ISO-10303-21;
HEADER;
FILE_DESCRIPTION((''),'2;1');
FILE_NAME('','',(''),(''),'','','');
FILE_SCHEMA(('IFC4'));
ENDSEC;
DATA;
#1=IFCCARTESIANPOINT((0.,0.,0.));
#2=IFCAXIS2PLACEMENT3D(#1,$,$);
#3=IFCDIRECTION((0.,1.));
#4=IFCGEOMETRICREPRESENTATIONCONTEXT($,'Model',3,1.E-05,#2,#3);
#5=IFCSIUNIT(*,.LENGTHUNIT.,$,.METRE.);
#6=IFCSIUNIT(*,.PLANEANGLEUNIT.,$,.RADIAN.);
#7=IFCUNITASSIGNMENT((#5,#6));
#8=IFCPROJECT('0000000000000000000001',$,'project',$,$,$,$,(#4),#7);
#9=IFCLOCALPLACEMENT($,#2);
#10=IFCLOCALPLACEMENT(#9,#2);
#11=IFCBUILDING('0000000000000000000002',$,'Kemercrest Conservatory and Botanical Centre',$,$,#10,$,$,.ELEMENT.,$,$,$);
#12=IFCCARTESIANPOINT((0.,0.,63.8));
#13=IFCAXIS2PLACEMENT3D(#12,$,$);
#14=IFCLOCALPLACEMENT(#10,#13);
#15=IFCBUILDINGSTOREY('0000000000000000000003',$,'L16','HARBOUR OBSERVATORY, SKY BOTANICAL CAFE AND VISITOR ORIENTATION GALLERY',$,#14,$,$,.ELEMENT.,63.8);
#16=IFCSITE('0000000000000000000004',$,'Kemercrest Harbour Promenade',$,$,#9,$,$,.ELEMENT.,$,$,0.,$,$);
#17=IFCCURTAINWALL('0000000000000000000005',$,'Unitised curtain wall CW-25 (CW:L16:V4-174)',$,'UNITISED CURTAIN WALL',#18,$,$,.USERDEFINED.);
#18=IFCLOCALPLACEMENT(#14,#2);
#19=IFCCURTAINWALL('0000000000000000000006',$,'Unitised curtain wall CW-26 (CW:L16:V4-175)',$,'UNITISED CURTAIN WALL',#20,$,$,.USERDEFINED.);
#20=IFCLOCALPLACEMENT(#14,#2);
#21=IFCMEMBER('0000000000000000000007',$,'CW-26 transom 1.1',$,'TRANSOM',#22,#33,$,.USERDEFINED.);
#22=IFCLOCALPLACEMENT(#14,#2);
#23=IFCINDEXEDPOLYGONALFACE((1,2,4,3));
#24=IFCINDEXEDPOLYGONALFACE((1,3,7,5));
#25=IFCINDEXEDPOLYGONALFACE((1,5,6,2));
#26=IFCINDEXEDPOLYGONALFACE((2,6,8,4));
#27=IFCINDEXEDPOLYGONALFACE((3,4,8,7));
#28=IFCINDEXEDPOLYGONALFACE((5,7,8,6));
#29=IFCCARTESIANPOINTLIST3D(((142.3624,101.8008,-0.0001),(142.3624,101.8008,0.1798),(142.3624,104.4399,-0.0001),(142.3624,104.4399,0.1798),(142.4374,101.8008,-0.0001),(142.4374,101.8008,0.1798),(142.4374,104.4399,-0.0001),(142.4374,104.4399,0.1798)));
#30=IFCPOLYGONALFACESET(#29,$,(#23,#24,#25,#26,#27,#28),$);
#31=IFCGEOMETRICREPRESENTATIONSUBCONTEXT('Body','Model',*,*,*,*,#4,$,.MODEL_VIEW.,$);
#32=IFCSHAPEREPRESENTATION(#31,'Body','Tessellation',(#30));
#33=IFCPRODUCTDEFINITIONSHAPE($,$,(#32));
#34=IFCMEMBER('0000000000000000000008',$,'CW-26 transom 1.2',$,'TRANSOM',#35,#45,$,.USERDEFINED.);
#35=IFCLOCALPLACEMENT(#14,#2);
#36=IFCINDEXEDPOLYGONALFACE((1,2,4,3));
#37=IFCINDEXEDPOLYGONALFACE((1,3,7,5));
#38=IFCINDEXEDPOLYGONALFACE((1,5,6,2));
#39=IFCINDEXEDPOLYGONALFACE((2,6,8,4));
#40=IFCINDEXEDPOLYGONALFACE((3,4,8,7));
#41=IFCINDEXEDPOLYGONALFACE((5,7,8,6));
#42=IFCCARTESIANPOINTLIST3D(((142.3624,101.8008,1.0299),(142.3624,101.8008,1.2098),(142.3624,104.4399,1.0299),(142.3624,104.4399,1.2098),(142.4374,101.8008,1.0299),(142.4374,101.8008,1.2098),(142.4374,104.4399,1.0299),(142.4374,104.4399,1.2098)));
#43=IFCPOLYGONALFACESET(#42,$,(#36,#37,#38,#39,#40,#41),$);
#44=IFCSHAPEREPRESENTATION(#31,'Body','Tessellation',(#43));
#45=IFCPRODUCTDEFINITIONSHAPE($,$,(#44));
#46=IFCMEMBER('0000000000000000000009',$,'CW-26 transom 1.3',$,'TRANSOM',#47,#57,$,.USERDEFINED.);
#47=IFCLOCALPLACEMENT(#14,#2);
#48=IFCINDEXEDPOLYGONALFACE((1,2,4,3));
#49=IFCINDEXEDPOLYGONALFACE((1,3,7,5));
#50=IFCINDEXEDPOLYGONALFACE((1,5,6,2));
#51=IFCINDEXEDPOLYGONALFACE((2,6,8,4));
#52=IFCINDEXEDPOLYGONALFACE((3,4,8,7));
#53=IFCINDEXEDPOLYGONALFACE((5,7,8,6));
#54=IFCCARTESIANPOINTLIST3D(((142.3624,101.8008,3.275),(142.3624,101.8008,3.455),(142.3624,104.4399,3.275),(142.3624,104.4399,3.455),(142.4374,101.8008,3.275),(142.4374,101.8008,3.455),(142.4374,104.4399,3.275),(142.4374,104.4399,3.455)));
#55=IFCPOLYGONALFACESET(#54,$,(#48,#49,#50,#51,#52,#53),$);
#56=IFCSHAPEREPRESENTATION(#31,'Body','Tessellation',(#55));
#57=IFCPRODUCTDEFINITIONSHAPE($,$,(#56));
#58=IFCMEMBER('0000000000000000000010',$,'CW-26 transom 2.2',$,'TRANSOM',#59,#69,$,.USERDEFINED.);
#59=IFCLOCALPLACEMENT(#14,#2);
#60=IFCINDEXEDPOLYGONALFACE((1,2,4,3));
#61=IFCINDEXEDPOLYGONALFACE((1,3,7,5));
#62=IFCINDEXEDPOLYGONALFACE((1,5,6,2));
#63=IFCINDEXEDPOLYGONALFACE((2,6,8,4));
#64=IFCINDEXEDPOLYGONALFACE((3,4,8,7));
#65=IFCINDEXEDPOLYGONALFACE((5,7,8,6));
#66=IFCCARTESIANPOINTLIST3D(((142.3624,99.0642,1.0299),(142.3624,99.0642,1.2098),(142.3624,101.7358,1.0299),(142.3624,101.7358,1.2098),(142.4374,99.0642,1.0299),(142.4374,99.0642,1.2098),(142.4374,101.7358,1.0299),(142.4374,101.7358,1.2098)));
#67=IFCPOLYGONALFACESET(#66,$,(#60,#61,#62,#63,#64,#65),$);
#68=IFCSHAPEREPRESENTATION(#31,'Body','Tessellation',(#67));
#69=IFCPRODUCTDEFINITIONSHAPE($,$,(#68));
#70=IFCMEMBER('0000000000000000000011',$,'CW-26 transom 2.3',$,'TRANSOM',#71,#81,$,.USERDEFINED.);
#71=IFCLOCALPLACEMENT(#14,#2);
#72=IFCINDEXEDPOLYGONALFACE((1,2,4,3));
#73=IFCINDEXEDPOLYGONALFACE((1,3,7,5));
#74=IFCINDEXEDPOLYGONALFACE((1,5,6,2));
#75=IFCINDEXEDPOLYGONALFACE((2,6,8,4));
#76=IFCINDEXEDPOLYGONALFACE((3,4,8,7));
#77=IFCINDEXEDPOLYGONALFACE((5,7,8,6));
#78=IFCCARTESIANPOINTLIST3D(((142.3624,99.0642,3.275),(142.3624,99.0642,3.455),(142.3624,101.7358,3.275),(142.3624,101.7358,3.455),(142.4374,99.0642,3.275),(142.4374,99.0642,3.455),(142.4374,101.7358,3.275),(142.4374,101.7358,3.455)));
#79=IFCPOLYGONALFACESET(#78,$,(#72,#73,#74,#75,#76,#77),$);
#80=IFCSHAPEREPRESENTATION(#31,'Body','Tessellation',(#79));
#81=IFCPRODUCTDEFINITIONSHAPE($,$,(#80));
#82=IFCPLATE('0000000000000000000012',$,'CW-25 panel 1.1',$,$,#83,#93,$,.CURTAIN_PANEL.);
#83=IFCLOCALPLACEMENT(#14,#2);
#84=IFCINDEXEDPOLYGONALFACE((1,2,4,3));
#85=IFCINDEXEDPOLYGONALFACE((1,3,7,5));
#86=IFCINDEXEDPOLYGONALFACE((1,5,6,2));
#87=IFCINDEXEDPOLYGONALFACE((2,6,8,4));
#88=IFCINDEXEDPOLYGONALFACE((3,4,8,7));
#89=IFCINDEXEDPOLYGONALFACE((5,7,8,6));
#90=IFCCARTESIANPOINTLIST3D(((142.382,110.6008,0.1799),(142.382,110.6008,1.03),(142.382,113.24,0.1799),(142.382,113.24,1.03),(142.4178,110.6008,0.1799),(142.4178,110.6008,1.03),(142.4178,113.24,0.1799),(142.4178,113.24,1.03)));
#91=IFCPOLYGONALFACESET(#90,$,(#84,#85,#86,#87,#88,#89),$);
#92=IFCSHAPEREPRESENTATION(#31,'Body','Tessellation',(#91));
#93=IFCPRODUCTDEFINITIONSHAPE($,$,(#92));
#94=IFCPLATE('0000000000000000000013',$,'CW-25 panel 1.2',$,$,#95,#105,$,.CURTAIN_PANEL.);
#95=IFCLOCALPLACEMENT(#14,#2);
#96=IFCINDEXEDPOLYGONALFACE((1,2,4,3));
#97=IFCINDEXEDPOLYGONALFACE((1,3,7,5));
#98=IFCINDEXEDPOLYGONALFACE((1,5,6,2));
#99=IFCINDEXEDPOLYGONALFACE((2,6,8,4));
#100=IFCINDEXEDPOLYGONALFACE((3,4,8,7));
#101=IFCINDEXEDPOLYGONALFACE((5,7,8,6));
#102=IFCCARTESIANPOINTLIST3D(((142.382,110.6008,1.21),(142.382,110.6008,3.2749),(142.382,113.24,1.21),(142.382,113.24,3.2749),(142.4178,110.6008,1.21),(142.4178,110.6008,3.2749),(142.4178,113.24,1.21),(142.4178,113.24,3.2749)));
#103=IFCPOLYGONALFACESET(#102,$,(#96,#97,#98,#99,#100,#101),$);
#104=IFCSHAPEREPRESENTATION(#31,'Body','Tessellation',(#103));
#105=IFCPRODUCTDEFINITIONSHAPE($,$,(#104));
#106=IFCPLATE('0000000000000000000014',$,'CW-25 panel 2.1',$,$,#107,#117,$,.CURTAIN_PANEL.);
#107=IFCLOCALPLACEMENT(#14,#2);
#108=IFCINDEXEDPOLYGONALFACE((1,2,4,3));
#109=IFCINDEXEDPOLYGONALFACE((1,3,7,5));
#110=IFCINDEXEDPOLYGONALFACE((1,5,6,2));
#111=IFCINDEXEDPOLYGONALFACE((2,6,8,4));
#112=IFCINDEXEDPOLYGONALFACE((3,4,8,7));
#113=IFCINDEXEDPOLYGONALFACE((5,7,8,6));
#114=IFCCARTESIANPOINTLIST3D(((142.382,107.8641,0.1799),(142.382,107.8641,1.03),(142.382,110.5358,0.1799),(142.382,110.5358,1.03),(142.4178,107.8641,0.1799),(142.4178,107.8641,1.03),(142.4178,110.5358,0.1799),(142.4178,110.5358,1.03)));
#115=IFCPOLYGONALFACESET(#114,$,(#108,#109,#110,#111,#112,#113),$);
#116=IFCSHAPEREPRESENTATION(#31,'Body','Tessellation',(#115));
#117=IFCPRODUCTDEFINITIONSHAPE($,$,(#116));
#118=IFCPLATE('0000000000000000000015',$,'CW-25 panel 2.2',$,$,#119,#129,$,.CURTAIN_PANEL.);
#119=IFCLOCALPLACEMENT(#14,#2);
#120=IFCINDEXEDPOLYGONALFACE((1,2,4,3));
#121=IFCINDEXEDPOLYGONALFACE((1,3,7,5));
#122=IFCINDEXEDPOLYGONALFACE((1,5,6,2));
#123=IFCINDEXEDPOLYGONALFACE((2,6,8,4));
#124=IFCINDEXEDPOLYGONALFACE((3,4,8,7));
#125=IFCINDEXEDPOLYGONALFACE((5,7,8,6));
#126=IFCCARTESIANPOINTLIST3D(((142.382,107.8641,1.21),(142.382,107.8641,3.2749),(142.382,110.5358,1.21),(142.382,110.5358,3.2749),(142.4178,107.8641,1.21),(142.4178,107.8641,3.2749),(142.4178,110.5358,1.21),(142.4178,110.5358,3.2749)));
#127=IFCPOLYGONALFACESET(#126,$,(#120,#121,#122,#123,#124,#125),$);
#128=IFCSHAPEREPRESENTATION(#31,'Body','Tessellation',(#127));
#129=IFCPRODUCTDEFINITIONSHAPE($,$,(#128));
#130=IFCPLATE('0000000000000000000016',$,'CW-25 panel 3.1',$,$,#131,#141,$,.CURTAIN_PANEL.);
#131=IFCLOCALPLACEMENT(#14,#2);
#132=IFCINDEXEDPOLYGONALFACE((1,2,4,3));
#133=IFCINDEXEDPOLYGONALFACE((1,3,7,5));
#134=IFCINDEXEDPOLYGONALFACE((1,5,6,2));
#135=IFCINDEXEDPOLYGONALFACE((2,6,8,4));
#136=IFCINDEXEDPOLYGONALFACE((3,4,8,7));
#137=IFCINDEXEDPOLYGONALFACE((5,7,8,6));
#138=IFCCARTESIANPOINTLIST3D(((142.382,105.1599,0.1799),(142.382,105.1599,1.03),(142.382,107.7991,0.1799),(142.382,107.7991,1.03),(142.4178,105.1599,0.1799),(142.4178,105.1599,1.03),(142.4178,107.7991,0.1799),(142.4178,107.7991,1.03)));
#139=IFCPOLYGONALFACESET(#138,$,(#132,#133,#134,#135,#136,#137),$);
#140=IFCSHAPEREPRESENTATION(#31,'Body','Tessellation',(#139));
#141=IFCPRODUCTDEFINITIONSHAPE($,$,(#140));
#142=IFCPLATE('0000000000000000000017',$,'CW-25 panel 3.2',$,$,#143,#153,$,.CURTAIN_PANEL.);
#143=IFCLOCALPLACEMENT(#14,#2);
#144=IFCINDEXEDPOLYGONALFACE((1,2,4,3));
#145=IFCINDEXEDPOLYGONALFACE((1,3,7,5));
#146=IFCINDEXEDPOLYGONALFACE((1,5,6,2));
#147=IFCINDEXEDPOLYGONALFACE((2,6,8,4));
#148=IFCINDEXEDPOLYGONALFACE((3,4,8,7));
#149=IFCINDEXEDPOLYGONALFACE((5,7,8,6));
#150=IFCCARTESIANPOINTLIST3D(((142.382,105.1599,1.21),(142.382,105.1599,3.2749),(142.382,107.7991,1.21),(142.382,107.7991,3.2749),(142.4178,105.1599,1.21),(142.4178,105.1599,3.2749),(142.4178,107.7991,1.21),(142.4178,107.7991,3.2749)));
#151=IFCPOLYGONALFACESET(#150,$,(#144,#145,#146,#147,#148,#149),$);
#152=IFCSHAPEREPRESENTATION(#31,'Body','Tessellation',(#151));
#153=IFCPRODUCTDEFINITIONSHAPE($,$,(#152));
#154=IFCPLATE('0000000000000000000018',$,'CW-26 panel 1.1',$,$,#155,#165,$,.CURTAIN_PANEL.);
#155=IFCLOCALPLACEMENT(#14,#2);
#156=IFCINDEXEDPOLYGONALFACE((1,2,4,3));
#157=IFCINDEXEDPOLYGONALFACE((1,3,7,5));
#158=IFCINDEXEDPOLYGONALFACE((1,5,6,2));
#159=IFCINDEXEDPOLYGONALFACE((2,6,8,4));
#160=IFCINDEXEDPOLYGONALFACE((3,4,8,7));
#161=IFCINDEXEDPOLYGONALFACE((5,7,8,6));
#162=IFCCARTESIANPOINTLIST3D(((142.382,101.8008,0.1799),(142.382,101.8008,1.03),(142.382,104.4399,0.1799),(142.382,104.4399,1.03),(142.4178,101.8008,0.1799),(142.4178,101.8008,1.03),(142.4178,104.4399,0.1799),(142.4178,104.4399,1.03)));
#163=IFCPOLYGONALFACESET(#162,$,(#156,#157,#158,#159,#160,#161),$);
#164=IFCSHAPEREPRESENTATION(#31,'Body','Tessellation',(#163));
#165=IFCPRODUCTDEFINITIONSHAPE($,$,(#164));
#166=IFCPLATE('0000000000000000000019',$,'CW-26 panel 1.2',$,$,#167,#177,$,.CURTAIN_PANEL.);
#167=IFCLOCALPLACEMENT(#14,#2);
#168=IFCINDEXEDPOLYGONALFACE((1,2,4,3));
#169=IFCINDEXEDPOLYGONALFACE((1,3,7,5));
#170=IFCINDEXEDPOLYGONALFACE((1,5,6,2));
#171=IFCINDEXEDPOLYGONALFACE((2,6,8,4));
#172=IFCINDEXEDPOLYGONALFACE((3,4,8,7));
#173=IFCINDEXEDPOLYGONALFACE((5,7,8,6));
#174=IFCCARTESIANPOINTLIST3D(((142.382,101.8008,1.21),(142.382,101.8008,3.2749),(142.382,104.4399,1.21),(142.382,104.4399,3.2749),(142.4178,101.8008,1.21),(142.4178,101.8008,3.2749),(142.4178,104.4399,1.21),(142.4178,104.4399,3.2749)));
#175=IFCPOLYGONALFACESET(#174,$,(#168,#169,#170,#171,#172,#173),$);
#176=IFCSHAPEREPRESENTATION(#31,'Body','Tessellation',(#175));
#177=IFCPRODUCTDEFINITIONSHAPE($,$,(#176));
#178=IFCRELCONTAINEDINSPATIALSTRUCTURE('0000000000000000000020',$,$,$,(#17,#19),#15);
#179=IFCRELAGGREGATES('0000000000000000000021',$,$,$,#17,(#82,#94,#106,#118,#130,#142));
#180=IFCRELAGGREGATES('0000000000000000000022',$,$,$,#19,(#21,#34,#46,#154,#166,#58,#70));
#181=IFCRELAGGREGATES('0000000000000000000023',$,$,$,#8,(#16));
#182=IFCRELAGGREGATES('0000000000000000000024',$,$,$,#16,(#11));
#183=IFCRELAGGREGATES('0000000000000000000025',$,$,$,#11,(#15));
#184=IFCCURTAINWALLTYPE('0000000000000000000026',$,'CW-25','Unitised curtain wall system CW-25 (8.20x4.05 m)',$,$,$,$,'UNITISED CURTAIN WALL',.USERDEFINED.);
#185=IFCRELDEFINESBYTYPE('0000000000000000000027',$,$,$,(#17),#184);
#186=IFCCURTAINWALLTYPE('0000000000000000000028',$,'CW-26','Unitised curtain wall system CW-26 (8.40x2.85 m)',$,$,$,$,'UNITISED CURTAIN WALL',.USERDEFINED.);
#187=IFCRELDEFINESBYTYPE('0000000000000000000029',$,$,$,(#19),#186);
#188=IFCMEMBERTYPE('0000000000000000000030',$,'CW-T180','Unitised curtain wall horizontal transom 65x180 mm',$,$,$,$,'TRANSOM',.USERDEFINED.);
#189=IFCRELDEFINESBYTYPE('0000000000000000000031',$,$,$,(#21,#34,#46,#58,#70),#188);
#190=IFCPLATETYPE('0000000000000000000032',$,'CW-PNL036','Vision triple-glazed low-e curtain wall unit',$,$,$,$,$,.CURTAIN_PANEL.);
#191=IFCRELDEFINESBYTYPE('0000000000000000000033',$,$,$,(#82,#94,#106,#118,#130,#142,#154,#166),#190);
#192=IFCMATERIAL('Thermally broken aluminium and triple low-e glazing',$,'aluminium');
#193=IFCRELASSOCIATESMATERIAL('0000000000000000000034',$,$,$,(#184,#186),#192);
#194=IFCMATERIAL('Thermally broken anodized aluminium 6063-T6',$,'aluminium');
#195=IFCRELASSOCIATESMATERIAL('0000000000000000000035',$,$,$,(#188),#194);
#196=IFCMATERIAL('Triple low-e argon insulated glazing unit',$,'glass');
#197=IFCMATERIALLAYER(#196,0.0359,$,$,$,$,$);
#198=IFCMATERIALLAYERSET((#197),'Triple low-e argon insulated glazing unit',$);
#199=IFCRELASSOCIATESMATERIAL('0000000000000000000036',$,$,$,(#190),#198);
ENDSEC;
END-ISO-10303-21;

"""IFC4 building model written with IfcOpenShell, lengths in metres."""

from ifc_helpers import new_model, si_unit, direction, frame, origin, origin_2d, place, context, subcontext, project, spatial, rectangle, extrude, material, layer, layer_set, material_profile, profile_set, type_object, element, aggregate, save


model = new_model("IFC4")

# Units and contexts
model_context = context("Model", 3, precision=1e-05, world=origin(), true_north=direction((0.0, 1.0)))
body_context = subcontext(model_context, "Body", "Model", "MODEL_VIEW")
ifc_project = project(units=[si_unit("LENGTHUNIT", "METRE"), si_unit("PLANEANGLEUNIT", "RADIAN")], contexts=[model_context])

# Site, building, storey
site_placement = place(None, origin())
site = spatial("IfcSite", under=ifc_project, at=site_placement, Name="Kemercrest Harbour Promenade", CompositionType="ELEMENT", RefElevation=0.0)
building_placement = place(site_placement, origin())
building = spatial("IfcBuilding", under=site, at=building_placement, Name="Kemercrest Conservatory and Botanical Centre", CompositionType="ELEMENT")
storey_placement = place(building_placement, frame((0.0, 0.0, 63.8)))
storey = spatial("IfcBuildingStorey", under=building, at=storey_placement, Name="L16", Description="HARBOUR OBSERVATORY, SKY BOTANICAL CAFE AND VISITOR ORIENTATION GALLERY", CompositionType="ELEMENT", Elevation=63.8)

# Curtain walls
ifc_material_1 = material(Name="Thermally broken aluminium and triple low-e glazing", Category="aluminium")
curtain_wall_type_1 = type_object("IfcCurtainWallType", Name="CW-25", Description="Unitised curtain wall system CW-25 (8.20x4.05 m)", ElementType="UNITISED CURTAIN WALL", PredefinedType="USERDEFINED", material=ifc_material_1)
curtain_wall_1_placement = place(storey_placement, origin())
curtain_wall_1 = element("IfcCurtainWall", 1, at=curtain_wall_1_placement, inside=storey, type_object=curtain_wall_type_1, Name="Unitised curtain wall CW-25 (CW:L16:V4-174)", ObjectType="UNITISED CURTAIN WALL", PredefinedType="USERDEFINED")
ifc_material_2 = material(Name="Thermally broken anodized aluminium 6063-T6", Category="aluminium")
curtain_wall_type_2 = type_object("IfcCurtainWallType", Name="CW-26", Description="Unitised curtain wall system CW-26 (8.40x2.85 m)", ElementType="UNITISED CURTAIN WALL", PredefinedType="USERDEFINED", material=ifc_material_1)
curtain_wall_2_placement = place(storey_placement, origin())
curtain_wall_2 = element("IfcCurtainWall", 2, at=curtain_wall_2_placement, inside=storey, type_object=curtain_wall_type_2, Name="Unitised curtain wall CW-26 (CW:L16:V4-175)", ObjectType="UNITISED CURTAIN WALL", PredefinedType="USERDEFINED")

# Members
ifc_material_profile_1 = material_profile(ifc_material_2, rectangle(XDim=0.075, YDim=0.1799, at=origin_2d()), Name="AL TRANSOM 75x180")
ifc_profile_set_1 = profile_set([ifc_material_profile_1], Name="Thermally broken anodized aluminium 6063-T6")
member_type_1 = type_object("IfcMemberType", Name="CW-T180", Description="Unitised curtain wall horizontal transom 65x180 mm", ElementType="TRANSOM", PredefinedType="USERDEFINED", material=ifc_profile_set_1)
member_1_placement = place(storey_placement, frame((142.3999, 104.4399, 0.0898), z_axis=(0.0, -1.0, 0.0), x_axis=(1.0, 0.0, 0.0)))
member_1 = element("IfcMember", 3, at=member_1_placement, type_object=member_type_1, Name="CW-26 transom 1.1", ObjectType="TRANSOM", PredefinedType="USERDEFINED", context=body_context, shape_type="SweptSolid", body=[
    extrude(rectangle(XDim=0.075, YDim=0.1799, at=origin_2d()), origin(), (0.0, 0.0, 1.0), 2.6392),
])
member_2_placement = place(storey_placement, frame((142.3999, 104.4399, 1.1199), z_axis=(0.0, -1.0, 0.0), x_axis=(1.0, 0.0, 0.0)))
member_2 = element("IfcMember", 4, at=member_2_placement, type_object=member_type_1, Name="CW-26 transom 1.2", ObjectType="TRANSOM", PredefinedType="USERDEFINED", context=body_context, shape_type="SweptSolid", body=[
    extrude(rectangle(XDim=0.075, YDim=0.1799, at=origin_2d()), origin(), (0.0, 0.0, 1.0), 2.6392),
])
member_3_placement = place(storey_placement, frame((142.3999, 104.4399, 3.365), z_axis=(0.0, -1.0, 0.0), x_axis=(1.0, 0.0, 0.0)))
member_3 = element("IfcMember", 5, at=member_3_placement, type_object=member_type_1, Name="CW-26 transom 1.3", ObjectType="TRANSOM", PredefinedType="USERDEFINED", context=body_context, shape_type="SweptSolid", body=[
    extrude(rectangle(XDim=0.075, YDim=0.1799, at=origin_2d()), origin(), (0.0, 0.0, 1.0), 2.6392),
])
member_4_placement = place(storey_placement, frame((142.3999, 101.7358, 1.1199), z_axis=(0.0, -1.0, 0.0), x_axis=(1.0, 0.0, 0.0)))
member_4 = element("IfcMember", 6, at=member_4_placement, type_object=member_type_1, Name="CW-26 transom 2.2", ObjectType="TRANSOM", PredefinedType="USERDEFINED", context=body_context, shape_type="SweptSolid", body=[
    extrude(rectangle(XDim=0.075, YDim=0.1799, at=origin_2d()), origin(), (0.0, 0.0, 1.0), 2.6716),
])
member_5_placement = place(storey_placement, frame((142.3999, 101.7358, 3.365), z_axis=(0.0, -1.0, 0.0), x_axis=(1.0, 0.0, 0.0)))
member_5 = element("IfcMember", 7, at=member_5_placement, type_object=member_type_1, Name="CW-26 transom 2.3", ObjectType="TRANSOM", PredefinedType="USERDEFINED", context=body_context, shape_type="SweptSolid", body=[
    extrude(rectangle(XDim=0.075, YDim=0.1799, at=origin_2d()), origin(), (0.0, 0.0, 1.0), 2.6716),
])

# Plates
ifc_material_3 = material(Name="Triple low-e argon insulated glazing unit", Category="glass")
ifc_layer_1 = layer(ifc_material_3, 0.0359)
ifc_layer_set_1 = layer_set([ifc_layer_1], Name="Triple low-e argon insulated glazing unit")
plate_type = type_object("IfcPlateType", Name="CW-PNL036", Description="Vision triple-glazed low-e curtain wall unit", PredefinedType="CURTAIN_PANEL", material=ifc_layer_set_1)
plate_1_placement = place(storey_placement, frame((142.3999, 111.9204, 0.1799), z_axis=(0.0, 0.0, 1.0), x_axis=(0.0, -1.0, 0.0)))
plate_1 = element("IfcPlate", 8, at=plate_1_placement, type_object=plate_type, Name="CW-25 panel 1.1", PredefinedType="CURTAIN_PANEL", context=body_context, shape_type="SweptSolid", body=[
    extrude(rectangle(XDim=2.6392, YDim=0.0359, at=origin_2d()), origin(), (0.0, 0.0, 1.0), 0.8501),
])
plate_2_placement = place(storey_placement, frame((142.3999, 111.9204, 1.21), z_axis=(0.0, 0.0, 1.0), x_axis=(0.0, -1.0, 0.0)))
plate_2 = element("IfcPlate", 9, at=plate_2_placement, type_object=plate_type, Name="CW-25 panel 1.2", PredefinedType="CURTAIN_PANEL", context=body_context, shape_type="SweptSolid", body=[
    extrude(rectangle(XDim=2.6392, YDim=0.0359, at=origin_2d()), origin(), (0.0, 0.0, 1.0), 2.0649),
])
plate_3_placement = place(storey_placement, frame((142.3999, 109.2, 0.1799), z_axis=(0.0, 0.0, 1.0), x_axis=(0.0, -1.0, 0.0)))
plate_3 = element("IfcPlate", 10, at=plate_3_placement, type_object=plate_type, Name="CW-25 panel 2.1", PredefinedType="CURTAIN_PANEL", context=body_context, shape_type="SweptSolid", body=[
    extrude(rectangle(XDim=2.6716, YDim=0.0359, at=origin_2d()), origin(), (0.0, 0.0, 1.0), 0.8501),
])
plate_4_placement = place(storey_placement, frame((142.3999, 109.2, 1.21), z_axis=(0.0, 0.0, 1.0), x_axis=(0.0, -1.0, 0.0)))
plate_4 = element("IfcPlate", 11, at=plate_4_placement, type_object=plate_type, Name="CW-25 panel 2.2", PredefinedType="CURTAIN_PANEL", context=body_context, shape_type="SweptSolid", body=[
    extrude(rectangle(XDim=2.6716, YDim=0.0359, at=origin_2d()), origin(), (0.0, 0.0, 1.0), 2.0649),
])
plate_5_placement = place(storey_placement, frame((142.3999, 106.4795, 0.1799), z_axis=(0.0, 0.0, 1.0), x_axis=(0.0, -1.0, 0.0)))
plate_5 = element("IfcPlate", 12, at=plate_5_placement, type_object=plate_type, Name="CW-25 panel 3.1", PredefinedType="CURTAIN_PANEL", context=body_context, shape_type="SweptSolid", body=[
    extrude(rectangle(XDim=2.6392, YDim=0.0359, at=origin_2d()), origin(), (0.0, 0.0, 1.0), 0.8501),
])
plate_6_placement = place(storey_placement, frame((142.3999, 106.4795, 1.21), z_axis=(0.0, 0.0, 1.0), x_axis=(0.0, -1.0, 0.0)))
plate_6 = element("IfcPlate", 13, at=plate_6_placement, type_object=plate_type, Name="CW-25 panel 3.2", PredefinedType="CURTAIN_PANEL", context=body_context, shape_type="SweptSolid", body=[
    extrude(rectangle(XDim=2.6392, YDim=0.0359, at=origin_2d()), origin(), (0.0, 0.0, 1.0), 2.0649),
])
aggregate(curtain_wall_1, [plate_1, plate_2, plate_3, plate_4, plate_5, plate_6])
plate_7_placement = place(storey_placement, frame((142.3999, 103.1204, 0.1799), z_axis=(0.0, 0.0, 1.0), x_axis=(0.0, -1.0, 0.0)))
plate_7 = element("IfcPlate", 14, at=plate_7_placement, type_object=plate_type, Name="CW-26 panel 1.1", PredefinedType="CURTAIN_PANEL", context=body_context, shape_type="SweptSolid", body=[
    extrude(rectangle(XDim=2.6392, YDim=0.0359, at=origin_2d()), origin(), (0.0, 0.0, 1.0), 0.8501),
])
plate_8_placement = place(storey_placement, frame((142.3999, 103.1204, 1.21), z_axis=(0.0, 0.0, 1.0), x_axis=(0.0, -1.0, 0.0)))
plate_8 = element("IfcPlate", 15, at=plate_8_placement, type_object=plate_type, Name="CW-26 panel 1.2", PredefinedType="CURTAIN_PANEL", context=body_context, shape_type="SweptSolid", body=[
    extrude(rectangle(XDim=2.6392, YDim=0.0359, at=origin_2d()), origin(), (0.0, 0.0, 1.0), 2.0649),
])
aggregate(curtain_wall_2, [member_1, member_2, member_3, plate_7, plate_8, member_4, member_5])

save(model, "model.ifc")
